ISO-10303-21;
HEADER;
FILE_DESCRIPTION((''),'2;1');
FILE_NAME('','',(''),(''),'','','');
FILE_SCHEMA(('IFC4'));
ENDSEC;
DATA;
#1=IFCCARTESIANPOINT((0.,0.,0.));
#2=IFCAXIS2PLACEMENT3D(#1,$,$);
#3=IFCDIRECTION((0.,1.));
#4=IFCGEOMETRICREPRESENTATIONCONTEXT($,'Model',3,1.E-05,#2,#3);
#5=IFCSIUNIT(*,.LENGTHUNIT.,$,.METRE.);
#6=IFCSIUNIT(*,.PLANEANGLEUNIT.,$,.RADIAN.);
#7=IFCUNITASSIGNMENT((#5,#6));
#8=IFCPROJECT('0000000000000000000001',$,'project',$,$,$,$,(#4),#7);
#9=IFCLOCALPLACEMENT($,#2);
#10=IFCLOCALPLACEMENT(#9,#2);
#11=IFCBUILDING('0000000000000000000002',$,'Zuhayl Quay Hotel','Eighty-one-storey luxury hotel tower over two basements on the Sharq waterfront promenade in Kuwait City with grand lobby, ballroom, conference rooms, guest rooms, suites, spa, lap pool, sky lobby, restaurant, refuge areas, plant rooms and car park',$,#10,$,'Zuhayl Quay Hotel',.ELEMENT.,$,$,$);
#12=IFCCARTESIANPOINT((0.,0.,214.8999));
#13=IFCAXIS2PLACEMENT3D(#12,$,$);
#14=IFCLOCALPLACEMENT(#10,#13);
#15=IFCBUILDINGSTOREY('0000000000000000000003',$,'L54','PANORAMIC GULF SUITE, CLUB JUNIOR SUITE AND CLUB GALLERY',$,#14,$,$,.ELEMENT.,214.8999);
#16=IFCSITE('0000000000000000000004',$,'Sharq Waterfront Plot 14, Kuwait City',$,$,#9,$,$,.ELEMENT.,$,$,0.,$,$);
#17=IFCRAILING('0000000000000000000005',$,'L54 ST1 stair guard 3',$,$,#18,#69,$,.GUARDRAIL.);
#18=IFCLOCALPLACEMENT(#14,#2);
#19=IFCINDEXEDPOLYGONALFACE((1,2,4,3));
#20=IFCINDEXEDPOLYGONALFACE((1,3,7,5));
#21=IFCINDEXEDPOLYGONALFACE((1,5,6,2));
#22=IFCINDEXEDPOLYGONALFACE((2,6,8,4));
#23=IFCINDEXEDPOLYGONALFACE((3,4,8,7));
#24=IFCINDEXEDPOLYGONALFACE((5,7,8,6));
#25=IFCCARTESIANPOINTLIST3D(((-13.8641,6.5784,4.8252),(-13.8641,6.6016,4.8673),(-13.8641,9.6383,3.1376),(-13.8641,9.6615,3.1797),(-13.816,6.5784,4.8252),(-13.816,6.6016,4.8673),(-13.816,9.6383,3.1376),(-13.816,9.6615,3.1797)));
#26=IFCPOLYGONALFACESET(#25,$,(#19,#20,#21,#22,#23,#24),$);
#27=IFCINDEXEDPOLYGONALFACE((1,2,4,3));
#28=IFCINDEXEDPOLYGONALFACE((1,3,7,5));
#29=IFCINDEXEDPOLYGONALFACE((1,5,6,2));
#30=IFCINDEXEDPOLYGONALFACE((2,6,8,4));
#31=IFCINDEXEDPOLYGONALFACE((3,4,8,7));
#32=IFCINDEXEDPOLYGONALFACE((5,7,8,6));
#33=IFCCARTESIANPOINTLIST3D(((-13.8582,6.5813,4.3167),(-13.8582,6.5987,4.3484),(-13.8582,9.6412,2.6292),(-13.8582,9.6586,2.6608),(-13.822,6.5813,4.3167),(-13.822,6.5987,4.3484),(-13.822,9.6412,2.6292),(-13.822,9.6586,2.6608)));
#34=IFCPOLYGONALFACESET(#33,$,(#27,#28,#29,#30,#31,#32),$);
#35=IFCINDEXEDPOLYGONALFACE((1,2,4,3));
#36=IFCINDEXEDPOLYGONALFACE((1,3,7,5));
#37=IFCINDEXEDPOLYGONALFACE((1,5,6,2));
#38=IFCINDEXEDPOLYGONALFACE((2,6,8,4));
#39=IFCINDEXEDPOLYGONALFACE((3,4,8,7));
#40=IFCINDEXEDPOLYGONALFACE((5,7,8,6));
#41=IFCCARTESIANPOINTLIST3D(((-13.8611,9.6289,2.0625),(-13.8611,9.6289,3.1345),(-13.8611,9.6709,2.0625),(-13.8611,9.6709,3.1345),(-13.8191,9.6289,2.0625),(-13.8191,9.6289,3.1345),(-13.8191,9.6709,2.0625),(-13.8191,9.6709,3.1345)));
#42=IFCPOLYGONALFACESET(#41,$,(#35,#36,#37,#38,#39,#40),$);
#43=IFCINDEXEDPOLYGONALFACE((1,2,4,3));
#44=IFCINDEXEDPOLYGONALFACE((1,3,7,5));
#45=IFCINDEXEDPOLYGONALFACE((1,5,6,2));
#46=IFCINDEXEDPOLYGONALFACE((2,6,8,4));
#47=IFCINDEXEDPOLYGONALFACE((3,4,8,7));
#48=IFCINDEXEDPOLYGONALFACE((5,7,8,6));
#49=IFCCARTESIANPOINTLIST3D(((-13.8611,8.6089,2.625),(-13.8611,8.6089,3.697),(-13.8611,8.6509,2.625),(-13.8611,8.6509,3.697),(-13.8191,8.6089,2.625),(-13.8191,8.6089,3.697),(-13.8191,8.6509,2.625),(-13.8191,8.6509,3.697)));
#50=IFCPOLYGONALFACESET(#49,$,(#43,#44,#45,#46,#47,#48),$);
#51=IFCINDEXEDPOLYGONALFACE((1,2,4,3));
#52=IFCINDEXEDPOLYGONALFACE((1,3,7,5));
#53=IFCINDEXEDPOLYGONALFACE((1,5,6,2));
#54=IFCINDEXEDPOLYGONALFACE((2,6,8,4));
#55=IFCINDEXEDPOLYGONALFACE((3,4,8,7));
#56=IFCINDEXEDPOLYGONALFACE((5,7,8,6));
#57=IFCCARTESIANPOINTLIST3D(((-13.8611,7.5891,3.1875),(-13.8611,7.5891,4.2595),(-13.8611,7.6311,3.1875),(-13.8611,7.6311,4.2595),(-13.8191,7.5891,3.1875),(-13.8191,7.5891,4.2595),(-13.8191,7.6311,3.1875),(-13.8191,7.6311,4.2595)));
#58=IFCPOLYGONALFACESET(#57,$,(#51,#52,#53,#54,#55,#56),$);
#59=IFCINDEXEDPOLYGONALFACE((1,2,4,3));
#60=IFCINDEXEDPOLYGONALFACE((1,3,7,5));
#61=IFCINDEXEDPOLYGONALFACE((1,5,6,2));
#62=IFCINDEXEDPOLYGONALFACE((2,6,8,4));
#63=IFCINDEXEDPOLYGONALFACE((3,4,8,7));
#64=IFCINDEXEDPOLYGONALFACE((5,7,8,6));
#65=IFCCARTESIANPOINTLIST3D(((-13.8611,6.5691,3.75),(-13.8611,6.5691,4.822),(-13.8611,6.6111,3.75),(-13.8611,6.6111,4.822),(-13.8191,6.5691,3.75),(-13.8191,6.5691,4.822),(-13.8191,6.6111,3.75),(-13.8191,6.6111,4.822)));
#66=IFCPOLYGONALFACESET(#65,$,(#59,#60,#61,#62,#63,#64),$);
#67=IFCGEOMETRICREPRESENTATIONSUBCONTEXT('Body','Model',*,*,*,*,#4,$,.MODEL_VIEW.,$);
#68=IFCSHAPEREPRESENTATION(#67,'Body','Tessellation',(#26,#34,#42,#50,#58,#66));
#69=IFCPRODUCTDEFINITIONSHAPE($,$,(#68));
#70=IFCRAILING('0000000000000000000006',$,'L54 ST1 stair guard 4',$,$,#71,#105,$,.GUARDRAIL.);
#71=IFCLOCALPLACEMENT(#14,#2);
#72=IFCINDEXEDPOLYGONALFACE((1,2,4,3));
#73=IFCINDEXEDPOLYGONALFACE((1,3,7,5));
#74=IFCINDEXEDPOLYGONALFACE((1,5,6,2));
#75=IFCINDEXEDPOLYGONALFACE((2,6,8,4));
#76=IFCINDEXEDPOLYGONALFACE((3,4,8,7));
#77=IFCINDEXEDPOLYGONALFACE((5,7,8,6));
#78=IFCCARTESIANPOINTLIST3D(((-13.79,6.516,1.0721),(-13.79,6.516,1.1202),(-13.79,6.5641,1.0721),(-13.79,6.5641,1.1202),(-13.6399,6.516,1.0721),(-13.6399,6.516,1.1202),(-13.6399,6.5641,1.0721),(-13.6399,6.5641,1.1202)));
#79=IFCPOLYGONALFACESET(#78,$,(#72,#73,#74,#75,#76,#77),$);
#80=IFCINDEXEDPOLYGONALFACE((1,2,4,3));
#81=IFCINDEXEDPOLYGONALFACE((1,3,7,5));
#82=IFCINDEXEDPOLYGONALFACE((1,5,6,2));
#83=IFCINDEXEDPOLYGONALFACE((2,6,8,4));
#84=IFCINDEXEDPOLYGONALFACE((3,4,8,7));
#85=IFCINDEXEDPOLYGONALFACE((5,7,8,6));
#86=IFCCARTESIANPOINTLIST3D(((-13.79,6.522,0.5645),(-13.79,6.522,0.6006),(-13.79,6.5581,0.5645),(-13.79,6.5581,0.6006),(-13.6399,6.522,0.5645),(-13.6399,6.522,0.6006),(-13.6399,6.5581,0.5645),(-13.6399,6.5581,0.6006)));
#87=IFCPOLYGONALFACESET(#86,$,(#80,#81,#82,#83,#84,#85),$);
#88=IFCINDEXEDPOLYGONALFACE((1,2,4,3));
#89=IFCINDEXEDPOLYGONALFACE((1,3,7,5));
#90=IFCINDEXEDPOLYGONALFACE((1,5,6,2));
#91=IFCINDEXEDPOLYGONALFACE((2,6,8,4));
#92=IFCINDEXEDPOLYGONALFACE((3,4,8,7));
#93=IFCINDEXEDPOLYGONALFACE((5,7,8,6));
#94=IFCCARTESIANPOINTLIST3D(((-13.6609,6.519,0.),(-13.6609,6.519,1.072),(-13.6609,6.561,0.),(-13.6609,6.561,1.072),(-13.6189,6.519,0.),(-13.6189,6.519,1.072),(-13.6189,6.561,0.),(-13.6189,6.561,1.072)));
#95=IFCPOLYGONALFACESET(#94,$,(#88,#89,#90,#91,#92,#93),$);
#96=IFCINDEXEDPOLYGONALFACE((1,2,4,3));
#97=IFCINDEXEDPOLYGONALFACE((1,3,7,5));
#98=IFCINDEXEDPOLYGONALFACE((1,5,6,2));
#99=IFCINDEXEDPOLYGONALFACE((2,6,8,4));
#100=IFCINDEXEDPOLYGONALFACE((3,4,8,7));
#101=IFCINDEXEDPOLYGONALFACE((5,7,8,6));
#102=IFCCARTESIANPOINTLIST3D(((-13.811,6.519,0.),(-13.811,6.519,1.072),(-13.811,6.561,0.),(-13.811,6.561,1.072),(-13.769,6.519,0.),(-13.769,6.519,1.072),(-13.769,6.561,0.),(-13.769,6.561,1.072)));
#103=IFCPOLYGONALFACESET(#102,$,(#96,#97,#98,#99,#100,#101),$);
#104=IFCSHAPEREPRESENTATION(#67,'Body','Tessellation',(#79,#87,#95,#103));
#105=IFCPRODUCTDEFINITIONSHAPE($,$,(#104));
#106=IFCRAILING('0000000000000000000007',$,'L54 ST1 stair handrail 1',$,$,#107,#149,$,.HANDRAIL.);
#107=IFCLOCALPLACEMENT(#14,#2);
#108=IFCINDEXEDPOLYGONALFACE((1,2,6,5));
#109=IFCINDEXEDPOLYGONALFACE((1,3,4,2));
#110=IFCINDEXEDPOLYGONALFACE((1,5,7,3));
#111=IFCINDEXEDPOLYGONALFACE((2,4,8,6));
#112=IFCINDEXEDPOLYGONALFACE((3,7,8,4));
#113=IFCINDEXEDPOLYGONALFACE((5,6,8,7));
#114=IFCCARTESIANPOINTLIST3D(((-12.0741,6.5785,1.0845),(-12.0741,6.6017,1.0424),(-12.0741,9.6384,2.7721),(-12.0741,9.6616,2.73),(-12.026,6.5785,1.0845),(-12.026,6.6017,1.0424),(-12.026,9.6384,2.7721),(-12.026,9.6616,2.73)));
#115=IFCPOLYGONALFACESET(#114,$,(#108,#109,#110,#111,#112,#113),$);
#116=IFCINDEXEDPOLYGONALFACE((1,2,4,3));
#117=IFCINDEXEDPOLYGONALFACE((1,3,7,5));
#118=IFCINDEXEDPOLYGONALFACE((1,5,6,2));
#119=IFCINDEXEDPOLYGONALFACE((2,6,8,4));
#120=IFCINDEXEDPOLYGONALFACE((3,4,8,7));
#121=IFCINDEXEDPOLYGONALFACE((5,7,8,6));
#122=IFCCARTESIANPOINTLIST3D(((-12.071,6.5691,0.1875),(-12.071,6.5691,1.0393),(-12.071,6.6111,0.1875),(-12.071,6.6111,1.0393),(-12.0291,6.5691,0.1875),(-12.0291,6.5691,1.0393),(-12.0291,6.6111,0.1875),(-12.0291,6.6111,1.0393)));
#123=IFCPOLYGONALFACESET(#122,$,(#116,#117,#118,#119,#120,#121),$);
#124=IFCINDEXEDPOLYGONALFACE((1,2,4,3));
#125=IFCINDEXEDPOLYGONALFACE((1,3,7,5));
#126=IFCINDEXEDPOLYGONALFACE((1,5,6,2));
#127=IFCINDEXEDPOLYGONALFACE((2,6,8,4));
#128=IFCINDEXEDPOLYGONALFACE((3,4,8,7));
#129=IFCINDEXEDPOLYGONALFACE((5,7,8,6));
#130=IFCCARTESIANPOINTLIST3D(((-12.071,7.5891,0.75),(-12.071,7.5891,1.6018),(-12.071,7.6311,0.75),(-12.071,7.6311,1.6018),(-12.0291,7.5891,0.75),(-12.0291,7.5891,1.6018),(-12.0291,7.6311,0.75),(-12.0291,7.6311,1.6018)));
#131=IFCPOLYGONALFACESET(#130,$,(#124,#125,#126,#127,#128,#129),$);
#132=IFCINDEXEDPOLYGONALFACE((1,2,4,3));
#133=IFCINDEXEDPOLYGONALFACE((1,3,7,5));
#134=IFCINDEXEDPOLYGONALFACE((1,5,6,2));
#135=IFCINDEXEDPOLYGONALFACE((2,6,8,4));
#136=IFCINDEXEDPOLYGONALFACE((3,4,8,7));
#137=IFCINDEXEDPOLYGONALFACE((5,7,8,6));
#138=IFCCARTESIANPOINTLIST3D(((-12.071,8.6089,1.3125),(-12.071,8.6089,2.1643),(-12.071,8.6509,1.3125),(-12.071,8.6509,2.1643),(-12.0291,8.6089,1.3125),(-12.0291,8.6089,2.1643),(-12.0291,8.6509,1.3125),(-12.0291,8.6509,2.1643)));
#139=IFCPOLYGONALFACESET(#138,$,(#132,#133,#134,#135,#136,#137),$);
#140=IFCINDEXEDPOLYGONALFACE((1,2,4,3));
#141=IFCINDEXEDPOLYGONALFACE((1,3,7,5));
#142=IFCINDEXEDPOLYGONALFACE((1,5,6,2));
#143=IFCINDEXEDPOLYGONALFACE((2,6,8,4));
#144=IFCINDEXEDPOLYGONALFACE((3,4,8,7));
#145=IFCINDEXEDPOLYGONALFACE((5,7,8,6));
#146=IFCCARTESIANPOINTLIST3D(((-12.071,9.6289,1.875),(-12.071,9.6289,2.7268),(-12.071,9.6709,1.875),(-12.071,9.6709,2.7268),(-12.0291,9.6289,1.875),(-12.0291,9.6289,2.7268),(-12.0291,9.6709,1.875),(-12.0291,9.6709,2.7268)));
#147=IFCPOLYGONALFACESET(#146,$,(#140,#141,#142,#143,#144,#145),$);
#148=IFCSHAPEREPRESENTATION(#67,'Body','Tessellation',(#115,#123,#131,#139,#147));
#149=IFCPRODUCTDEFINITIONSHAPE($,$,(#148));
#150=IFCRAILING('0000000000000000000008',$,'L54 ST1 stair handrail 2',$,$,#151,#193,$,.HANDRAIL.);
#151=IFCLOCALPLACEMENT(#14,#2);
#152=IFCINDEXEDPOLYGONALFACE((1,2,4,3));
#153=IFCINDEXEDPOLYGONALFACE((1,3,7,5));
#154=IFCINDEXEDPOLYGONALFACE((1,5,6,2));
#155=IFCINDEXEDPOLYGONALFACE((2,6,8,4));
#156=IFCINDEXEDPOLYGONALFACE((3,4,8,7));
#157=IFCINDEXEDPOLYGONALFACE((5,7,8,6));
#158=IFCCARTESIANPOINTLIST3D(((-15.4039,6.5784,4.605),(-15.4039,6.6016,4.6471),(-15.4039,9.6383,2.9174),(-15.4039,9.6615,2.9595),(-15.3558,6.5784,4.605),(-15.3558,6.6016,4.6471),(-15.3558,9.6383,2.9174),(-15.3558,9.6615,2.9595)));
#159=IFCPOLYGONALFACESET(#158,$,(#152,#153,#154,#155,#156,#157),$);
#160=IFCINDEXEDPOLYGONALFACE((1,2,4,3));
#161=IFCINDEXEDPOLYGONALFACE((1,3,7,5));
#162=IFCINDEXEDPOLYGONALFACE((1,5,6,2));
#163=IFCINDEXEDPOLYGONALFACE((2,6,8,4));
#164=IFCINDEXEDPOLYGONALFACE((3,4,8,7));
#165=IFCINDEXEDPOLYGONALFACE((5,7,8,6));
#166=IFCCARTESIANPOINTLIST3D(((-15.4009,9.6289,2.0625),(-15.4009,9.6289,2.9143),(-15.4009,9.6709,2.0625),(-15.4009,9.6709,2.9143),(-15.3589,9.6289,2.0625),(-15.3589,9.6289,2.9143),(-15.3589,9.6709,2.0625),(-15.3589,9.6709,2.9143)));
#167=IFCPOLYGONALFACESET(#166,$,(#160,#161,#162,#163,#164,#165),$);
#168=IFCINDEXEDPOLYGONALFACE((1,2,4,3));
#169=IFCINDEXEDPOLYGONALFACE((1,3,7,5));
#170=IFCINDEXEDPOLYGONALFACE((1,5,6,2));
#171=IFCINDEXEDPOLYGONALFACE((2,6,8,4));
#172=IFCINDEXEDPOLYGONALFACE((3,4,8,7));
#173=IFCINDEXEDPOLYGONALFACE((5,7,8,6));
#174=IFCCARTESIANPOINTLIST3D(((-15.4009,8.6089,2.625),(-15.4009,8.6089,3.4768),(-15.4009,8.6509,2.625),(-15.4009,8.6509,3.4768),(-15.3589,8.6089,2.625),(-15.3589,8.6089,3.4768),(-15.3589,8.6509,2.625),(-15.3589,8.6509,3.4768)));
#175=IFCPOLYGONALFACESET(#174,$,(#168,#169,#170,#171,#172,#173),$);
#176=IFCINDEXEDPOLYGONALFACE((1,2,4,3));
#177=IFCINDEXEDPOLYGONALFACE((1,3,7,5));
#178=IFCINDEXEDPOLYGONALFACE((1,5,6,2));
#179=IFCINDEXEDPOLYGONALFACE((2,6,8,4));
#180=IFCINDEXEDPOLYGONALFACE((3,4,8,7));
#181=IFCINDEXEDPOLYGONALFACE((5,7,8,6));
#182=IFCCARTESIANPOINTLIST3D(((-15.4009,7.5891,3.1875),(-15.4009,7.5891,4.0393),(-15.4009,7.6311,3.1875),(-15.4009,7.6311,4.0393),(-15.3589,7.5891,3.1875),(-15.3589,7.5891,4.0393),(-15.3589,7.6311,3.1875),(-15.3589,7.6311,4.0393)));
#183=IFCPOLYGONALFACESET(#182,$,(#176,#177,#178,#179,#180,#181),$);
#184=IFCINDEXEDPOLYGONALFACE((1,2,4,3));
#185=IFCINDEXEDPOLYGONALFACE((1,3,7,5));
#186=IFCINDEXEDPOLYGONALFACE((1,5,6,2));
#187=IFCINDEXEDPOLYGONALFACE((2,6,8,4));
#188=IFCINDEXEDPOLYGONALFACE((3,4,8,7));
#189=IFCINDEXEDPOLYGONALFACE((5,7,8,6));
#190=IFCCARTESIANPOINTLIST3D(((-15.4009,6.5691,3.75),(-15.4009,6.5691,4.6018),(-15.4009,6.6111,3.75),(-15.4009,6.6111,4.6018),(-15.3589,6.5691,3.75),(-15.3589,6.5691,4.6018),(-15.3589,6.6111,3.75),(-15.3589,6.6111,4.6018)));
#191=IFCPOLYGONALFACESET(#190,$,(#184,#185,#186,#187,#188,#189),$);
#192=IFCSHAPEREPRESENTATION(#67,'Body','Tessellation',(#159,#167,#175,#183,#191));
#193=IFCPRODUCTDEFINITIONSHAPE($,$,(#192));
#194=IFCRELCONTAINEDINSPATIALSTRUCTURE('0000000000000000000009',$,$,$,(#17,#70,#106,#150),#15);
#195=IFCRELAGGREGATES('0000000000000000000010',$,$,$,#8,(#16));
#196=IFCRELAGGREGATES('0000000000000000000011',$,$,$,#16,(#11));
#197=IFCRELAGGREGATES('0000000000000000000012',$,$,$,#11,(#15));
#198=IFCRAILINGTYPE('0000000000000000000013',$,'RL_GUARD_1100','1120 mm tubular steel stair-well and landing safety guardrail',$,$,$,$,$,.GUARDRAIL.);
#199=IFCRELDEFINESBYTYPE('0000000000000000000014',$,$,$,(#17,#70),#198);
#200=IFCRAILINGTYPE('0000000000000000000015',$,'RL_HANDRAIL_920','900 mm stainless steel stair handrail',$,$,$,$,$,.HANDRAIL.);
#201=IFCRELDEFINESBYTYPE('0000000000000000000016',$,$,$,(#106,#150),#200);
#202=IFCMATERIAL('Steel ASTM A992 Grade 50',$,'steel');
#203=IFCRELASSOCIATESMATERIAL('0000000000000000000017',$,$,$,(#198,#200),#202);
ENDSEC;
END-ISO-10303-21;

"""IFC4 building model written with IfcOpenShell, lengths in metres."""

from ifc_helpers import new_model, si_unit, direction, frame, origin, origin_2d, place, context, subcontext, project, spatial, rectangle, extrude, material, type_object, element, save


model = new_model("IFC4")

# Units and contexts
model_context = context("Model", 3, precision=1e-05, world=origin(), true_north=direction((0.0, 1.0)))
body_context = subcontext(model_context, "Body", "Model", "MODEL_VIEW")
ifc_project = project(units=[si_unit("LENGTHUNIT", "METRE"), si_unit("PLANEANGLEUNIT", "RADIAN")], contexts=[model_context])

# Site, building, storey
site_placement = place(None, origin())
site = spatial("IfcSite", under=ifc_project, at=site_placement, Name="Sharq Waterfront Plot 14, Kuwait City", CompositionType="ELEMENT", RefElevation=0.0)
building_placement = place(site_placement, origin())
building = spatial("IfcBuilding", under=site, at=building_placement, Name="Zuhayl Quay Hotel", Description="Eighty-one-storey luxury hotel tower over two basements on the Sharq waterfront promenade in Kuwait City with grand lobby, ballroom, conference rooms, guest rooms, suites, spa, lap pool, sky lobby, restaurant, refuge areas, plant rooms and car park", LongName="Zuhayl Quay Hotel", CompositionType="ELEMENT")
storey_placement = place(building_placement, frame((0.0, 0.0, 214.8999)))
storey = spatial("IfcBuildingStorey", under=building, at=storey_placement, Name="L54", Description="PANORAMIC GULF SUITE, CLUB JUNIOR SUITE AND CLUB GALLERY", CompositionType="ELEMENT", Elevation=214.8999)

# Shared definitions
ifc_material_1 = material(Name="Steel ASTM A992 Grade 50", Category="steel")

# Railings
railing_type_1 = type_object("IfcRailingType", Name="RL_GUARD_1100", Description="1120 mm tubular steel stair-well and landing safety guardrail", PredefinedType="GUARDRAIL", material=ifc_material_1)
railing_1_placement = place(storey_placement, frame((-13.8401, 9.6499, 2.0625)))
element("IfcRailing", 1, at=railing_1_placement, inside=storey, type_object=railing_type_1, Name="L54 ST1 stair guard 3", PredefinedType="GUARDRAIL", context=body_context, shape_type="SweptSolid", body=[
    extrude(rectangle(XDim=0.0481, YDim=0.0481, at=origin_2d()), frame((0.0, 0.0, 1.0962), z_axis=(0.0, -0.875659, 0.48293), x_axis=(1.0, 0.0, 0.0)), (0.0, 0.0, 1.0), 3.4944),
    extrude(rectangle(XDim=0.0361, YDim=0.0361, at=origin_2d()), frame((0.0, 0.0, 0.5825), z_axis=(0.0, -0.875659, 0.48293), x_axis=(1.0, 0.0, 0.0)), (0.0, 0.0, 1.0), 3.4944),
    extrude(rectangle(XDim=0.042, YDim=0.042, at=origin_2d()), origin(), (0.0, 0.0, 1.0), 1.072),
    extrude(rectangle(XDim=0.042, YDim=0.042, at=origin_2d()), frame((0.0, -1.02, 0.5625)), (0.0, 0.0, 1.0), 1.072),
    extrude(rectangle(XDim=0.042, YDim=0.042, at=origin_2d()), frame((0.0, -2.0398, 1.125)), (0.0, 0.0, 1.0), 1.072),
    extrude(rectangle(XDim=0.042, YDim=0.042, at=origin_2d()), frame((0.0, -3.0598, 1.6875)), (0.0, 0.0, 1.0), 1.072),
])
railing_2_placement = place(storey_placement, frame((-13.6399, 6.54, 0.0)))
element("IfcRailing", 2, at=railing_2_placement, inside=storey, type_object=railing_type_1, Name="L54 ST1 stair guard 4", PredefinedType="GUARDRAIL", context=body_context, shape_type="SweptSolid", body=[
    extrude(rectangle(XDim=0.0481, YDim=0.0481, at=origin_2d()), frame((0.0, 0.0, 1.0962), z_axis=(-1.0, 0.0, 0.0), x_axis=(0.0, -1.0, 0.0)), (0.0, 0.0, 1.0), 0.1501),
    extrude(rectangle(XDim=0.0361, YDim=0.0361, at=origin_2d()), frame((0.0, 0.0, 0.5825), z_axis=(-1.0, 0.0, 0.0), x_axis=(0.0, -1.0, 0.0)), (0.0, 0.0, 1.0), 0.1501),
    extrude(rectangle(XDim=0.042, YDim=0.042, at=origin_2d()), origin(), (0.0, 0.0, 1.0), 1.072),
    extrude(rectangle(XDim=0.042, YDim=0.042, at=origin_2d()), frame((-0.1501, 0.0, 0.0)), (0.0, 0.0, 1.0), 1.072),
])
railing_type_2 = type_object("IfcRailingType", Name="RL_HANDRAIL_920", Description="900 mm stainless steel stair handrail", PredefinedType="HANDRAIL", material=ifc_material_1)
railing_3_placement = place(storey_placement, frame((-12.05, 6.5901, 0.1875)))
element("IfcRailing", 3, at=railing_3_placement, inside=storey, type_object=railing_type_2, Name="L54 ST1 stair handrail 1", PredefinedType="HANDRAIL", context=body_context, shape_type="SweptSolid", body=[
    extrude(rectangle(XDim=0.0481, YDim=0.0481, at=origin_2d()), frame((0.0, 0.0, 0.876), z_axis=(0.0, 0.875659, 0.48293), x_axis=(-1.0, 0.0, 0.0)), (0.0, 0.0, 1.0), 3.4944),
    extrude(rectangle(XDim=0.042, YDim=0.042, at=origin_2d()), origin(), (0.0, 0.0, 1.0), 0.8518),
    extrude(rectangle(XDim=0.042, YDim=0.042, at=origin_2d()), frame((0.0, 1.02, 0.5625)), (0.0, 0.0, 1.0), 0.8518),
    extrude(rectangle(XDim=0.042, YDim=0.042, at=origin_2d()), frame((0.0, 2.0398, 1.125)), (0.0, 0.0, 1.0), 0.8518),
    extrude(rectangle(XDim=0.042, YDim=0.042, at=origin_2d()), frame((0.0, 3.0598, 1.6875)), (0.0, 0.0, 1.0), 0.8518),
])
railing_4_placement = place(storey_placement, frame((-15.3799, 9.6499, 2.0625)))
element("IfcRailing", 4, at=railing_4_placement, inside=storey, type_object=railing_type_2, Name="L54 ST1 stair handrail 2", PredefinedType="HANDRAIL", context=body_context, shape_type="SweptSolid", body=[
    extrude(rectangle(XDim=0.0481, YDim=0.0481, at=origin_2d()), frame((0.0, 0.0, 0.876), z_axis=(0.0, -0.875659, 0.48293), x_axis=(1.0, 0.0, 0.0)), (0.0, 0.0, 1.0), 3.4944),
    extrude(rectangle(XDim=0.042, YDim=0.042, at=origin_2d()), origin(), (0.0, 0.0, 1.0), 0.8518),
    extrude(rectangle(XDim=0.042, YDim=0.042, at=origin_2d()), frame((0.0, -1.02, 0.5625)), (0.0, 0.0, 1.0), 0.8518),
    extrude(rectangle(XDim=0.042, YDim=0.042, at=origin_2d()), frame((0.0, -2.0398, 1.125)), (0.0, 0.0, 1.0), 0.8518),
    extrude(rectangle(XDim=0.042, YDim=0.042, at=origin_2d()), frame((0.0, -3.0598, 1.6875)), (0.0, 0.0, 1.0), 0.8518),
])

save(model, "model.ifc")
